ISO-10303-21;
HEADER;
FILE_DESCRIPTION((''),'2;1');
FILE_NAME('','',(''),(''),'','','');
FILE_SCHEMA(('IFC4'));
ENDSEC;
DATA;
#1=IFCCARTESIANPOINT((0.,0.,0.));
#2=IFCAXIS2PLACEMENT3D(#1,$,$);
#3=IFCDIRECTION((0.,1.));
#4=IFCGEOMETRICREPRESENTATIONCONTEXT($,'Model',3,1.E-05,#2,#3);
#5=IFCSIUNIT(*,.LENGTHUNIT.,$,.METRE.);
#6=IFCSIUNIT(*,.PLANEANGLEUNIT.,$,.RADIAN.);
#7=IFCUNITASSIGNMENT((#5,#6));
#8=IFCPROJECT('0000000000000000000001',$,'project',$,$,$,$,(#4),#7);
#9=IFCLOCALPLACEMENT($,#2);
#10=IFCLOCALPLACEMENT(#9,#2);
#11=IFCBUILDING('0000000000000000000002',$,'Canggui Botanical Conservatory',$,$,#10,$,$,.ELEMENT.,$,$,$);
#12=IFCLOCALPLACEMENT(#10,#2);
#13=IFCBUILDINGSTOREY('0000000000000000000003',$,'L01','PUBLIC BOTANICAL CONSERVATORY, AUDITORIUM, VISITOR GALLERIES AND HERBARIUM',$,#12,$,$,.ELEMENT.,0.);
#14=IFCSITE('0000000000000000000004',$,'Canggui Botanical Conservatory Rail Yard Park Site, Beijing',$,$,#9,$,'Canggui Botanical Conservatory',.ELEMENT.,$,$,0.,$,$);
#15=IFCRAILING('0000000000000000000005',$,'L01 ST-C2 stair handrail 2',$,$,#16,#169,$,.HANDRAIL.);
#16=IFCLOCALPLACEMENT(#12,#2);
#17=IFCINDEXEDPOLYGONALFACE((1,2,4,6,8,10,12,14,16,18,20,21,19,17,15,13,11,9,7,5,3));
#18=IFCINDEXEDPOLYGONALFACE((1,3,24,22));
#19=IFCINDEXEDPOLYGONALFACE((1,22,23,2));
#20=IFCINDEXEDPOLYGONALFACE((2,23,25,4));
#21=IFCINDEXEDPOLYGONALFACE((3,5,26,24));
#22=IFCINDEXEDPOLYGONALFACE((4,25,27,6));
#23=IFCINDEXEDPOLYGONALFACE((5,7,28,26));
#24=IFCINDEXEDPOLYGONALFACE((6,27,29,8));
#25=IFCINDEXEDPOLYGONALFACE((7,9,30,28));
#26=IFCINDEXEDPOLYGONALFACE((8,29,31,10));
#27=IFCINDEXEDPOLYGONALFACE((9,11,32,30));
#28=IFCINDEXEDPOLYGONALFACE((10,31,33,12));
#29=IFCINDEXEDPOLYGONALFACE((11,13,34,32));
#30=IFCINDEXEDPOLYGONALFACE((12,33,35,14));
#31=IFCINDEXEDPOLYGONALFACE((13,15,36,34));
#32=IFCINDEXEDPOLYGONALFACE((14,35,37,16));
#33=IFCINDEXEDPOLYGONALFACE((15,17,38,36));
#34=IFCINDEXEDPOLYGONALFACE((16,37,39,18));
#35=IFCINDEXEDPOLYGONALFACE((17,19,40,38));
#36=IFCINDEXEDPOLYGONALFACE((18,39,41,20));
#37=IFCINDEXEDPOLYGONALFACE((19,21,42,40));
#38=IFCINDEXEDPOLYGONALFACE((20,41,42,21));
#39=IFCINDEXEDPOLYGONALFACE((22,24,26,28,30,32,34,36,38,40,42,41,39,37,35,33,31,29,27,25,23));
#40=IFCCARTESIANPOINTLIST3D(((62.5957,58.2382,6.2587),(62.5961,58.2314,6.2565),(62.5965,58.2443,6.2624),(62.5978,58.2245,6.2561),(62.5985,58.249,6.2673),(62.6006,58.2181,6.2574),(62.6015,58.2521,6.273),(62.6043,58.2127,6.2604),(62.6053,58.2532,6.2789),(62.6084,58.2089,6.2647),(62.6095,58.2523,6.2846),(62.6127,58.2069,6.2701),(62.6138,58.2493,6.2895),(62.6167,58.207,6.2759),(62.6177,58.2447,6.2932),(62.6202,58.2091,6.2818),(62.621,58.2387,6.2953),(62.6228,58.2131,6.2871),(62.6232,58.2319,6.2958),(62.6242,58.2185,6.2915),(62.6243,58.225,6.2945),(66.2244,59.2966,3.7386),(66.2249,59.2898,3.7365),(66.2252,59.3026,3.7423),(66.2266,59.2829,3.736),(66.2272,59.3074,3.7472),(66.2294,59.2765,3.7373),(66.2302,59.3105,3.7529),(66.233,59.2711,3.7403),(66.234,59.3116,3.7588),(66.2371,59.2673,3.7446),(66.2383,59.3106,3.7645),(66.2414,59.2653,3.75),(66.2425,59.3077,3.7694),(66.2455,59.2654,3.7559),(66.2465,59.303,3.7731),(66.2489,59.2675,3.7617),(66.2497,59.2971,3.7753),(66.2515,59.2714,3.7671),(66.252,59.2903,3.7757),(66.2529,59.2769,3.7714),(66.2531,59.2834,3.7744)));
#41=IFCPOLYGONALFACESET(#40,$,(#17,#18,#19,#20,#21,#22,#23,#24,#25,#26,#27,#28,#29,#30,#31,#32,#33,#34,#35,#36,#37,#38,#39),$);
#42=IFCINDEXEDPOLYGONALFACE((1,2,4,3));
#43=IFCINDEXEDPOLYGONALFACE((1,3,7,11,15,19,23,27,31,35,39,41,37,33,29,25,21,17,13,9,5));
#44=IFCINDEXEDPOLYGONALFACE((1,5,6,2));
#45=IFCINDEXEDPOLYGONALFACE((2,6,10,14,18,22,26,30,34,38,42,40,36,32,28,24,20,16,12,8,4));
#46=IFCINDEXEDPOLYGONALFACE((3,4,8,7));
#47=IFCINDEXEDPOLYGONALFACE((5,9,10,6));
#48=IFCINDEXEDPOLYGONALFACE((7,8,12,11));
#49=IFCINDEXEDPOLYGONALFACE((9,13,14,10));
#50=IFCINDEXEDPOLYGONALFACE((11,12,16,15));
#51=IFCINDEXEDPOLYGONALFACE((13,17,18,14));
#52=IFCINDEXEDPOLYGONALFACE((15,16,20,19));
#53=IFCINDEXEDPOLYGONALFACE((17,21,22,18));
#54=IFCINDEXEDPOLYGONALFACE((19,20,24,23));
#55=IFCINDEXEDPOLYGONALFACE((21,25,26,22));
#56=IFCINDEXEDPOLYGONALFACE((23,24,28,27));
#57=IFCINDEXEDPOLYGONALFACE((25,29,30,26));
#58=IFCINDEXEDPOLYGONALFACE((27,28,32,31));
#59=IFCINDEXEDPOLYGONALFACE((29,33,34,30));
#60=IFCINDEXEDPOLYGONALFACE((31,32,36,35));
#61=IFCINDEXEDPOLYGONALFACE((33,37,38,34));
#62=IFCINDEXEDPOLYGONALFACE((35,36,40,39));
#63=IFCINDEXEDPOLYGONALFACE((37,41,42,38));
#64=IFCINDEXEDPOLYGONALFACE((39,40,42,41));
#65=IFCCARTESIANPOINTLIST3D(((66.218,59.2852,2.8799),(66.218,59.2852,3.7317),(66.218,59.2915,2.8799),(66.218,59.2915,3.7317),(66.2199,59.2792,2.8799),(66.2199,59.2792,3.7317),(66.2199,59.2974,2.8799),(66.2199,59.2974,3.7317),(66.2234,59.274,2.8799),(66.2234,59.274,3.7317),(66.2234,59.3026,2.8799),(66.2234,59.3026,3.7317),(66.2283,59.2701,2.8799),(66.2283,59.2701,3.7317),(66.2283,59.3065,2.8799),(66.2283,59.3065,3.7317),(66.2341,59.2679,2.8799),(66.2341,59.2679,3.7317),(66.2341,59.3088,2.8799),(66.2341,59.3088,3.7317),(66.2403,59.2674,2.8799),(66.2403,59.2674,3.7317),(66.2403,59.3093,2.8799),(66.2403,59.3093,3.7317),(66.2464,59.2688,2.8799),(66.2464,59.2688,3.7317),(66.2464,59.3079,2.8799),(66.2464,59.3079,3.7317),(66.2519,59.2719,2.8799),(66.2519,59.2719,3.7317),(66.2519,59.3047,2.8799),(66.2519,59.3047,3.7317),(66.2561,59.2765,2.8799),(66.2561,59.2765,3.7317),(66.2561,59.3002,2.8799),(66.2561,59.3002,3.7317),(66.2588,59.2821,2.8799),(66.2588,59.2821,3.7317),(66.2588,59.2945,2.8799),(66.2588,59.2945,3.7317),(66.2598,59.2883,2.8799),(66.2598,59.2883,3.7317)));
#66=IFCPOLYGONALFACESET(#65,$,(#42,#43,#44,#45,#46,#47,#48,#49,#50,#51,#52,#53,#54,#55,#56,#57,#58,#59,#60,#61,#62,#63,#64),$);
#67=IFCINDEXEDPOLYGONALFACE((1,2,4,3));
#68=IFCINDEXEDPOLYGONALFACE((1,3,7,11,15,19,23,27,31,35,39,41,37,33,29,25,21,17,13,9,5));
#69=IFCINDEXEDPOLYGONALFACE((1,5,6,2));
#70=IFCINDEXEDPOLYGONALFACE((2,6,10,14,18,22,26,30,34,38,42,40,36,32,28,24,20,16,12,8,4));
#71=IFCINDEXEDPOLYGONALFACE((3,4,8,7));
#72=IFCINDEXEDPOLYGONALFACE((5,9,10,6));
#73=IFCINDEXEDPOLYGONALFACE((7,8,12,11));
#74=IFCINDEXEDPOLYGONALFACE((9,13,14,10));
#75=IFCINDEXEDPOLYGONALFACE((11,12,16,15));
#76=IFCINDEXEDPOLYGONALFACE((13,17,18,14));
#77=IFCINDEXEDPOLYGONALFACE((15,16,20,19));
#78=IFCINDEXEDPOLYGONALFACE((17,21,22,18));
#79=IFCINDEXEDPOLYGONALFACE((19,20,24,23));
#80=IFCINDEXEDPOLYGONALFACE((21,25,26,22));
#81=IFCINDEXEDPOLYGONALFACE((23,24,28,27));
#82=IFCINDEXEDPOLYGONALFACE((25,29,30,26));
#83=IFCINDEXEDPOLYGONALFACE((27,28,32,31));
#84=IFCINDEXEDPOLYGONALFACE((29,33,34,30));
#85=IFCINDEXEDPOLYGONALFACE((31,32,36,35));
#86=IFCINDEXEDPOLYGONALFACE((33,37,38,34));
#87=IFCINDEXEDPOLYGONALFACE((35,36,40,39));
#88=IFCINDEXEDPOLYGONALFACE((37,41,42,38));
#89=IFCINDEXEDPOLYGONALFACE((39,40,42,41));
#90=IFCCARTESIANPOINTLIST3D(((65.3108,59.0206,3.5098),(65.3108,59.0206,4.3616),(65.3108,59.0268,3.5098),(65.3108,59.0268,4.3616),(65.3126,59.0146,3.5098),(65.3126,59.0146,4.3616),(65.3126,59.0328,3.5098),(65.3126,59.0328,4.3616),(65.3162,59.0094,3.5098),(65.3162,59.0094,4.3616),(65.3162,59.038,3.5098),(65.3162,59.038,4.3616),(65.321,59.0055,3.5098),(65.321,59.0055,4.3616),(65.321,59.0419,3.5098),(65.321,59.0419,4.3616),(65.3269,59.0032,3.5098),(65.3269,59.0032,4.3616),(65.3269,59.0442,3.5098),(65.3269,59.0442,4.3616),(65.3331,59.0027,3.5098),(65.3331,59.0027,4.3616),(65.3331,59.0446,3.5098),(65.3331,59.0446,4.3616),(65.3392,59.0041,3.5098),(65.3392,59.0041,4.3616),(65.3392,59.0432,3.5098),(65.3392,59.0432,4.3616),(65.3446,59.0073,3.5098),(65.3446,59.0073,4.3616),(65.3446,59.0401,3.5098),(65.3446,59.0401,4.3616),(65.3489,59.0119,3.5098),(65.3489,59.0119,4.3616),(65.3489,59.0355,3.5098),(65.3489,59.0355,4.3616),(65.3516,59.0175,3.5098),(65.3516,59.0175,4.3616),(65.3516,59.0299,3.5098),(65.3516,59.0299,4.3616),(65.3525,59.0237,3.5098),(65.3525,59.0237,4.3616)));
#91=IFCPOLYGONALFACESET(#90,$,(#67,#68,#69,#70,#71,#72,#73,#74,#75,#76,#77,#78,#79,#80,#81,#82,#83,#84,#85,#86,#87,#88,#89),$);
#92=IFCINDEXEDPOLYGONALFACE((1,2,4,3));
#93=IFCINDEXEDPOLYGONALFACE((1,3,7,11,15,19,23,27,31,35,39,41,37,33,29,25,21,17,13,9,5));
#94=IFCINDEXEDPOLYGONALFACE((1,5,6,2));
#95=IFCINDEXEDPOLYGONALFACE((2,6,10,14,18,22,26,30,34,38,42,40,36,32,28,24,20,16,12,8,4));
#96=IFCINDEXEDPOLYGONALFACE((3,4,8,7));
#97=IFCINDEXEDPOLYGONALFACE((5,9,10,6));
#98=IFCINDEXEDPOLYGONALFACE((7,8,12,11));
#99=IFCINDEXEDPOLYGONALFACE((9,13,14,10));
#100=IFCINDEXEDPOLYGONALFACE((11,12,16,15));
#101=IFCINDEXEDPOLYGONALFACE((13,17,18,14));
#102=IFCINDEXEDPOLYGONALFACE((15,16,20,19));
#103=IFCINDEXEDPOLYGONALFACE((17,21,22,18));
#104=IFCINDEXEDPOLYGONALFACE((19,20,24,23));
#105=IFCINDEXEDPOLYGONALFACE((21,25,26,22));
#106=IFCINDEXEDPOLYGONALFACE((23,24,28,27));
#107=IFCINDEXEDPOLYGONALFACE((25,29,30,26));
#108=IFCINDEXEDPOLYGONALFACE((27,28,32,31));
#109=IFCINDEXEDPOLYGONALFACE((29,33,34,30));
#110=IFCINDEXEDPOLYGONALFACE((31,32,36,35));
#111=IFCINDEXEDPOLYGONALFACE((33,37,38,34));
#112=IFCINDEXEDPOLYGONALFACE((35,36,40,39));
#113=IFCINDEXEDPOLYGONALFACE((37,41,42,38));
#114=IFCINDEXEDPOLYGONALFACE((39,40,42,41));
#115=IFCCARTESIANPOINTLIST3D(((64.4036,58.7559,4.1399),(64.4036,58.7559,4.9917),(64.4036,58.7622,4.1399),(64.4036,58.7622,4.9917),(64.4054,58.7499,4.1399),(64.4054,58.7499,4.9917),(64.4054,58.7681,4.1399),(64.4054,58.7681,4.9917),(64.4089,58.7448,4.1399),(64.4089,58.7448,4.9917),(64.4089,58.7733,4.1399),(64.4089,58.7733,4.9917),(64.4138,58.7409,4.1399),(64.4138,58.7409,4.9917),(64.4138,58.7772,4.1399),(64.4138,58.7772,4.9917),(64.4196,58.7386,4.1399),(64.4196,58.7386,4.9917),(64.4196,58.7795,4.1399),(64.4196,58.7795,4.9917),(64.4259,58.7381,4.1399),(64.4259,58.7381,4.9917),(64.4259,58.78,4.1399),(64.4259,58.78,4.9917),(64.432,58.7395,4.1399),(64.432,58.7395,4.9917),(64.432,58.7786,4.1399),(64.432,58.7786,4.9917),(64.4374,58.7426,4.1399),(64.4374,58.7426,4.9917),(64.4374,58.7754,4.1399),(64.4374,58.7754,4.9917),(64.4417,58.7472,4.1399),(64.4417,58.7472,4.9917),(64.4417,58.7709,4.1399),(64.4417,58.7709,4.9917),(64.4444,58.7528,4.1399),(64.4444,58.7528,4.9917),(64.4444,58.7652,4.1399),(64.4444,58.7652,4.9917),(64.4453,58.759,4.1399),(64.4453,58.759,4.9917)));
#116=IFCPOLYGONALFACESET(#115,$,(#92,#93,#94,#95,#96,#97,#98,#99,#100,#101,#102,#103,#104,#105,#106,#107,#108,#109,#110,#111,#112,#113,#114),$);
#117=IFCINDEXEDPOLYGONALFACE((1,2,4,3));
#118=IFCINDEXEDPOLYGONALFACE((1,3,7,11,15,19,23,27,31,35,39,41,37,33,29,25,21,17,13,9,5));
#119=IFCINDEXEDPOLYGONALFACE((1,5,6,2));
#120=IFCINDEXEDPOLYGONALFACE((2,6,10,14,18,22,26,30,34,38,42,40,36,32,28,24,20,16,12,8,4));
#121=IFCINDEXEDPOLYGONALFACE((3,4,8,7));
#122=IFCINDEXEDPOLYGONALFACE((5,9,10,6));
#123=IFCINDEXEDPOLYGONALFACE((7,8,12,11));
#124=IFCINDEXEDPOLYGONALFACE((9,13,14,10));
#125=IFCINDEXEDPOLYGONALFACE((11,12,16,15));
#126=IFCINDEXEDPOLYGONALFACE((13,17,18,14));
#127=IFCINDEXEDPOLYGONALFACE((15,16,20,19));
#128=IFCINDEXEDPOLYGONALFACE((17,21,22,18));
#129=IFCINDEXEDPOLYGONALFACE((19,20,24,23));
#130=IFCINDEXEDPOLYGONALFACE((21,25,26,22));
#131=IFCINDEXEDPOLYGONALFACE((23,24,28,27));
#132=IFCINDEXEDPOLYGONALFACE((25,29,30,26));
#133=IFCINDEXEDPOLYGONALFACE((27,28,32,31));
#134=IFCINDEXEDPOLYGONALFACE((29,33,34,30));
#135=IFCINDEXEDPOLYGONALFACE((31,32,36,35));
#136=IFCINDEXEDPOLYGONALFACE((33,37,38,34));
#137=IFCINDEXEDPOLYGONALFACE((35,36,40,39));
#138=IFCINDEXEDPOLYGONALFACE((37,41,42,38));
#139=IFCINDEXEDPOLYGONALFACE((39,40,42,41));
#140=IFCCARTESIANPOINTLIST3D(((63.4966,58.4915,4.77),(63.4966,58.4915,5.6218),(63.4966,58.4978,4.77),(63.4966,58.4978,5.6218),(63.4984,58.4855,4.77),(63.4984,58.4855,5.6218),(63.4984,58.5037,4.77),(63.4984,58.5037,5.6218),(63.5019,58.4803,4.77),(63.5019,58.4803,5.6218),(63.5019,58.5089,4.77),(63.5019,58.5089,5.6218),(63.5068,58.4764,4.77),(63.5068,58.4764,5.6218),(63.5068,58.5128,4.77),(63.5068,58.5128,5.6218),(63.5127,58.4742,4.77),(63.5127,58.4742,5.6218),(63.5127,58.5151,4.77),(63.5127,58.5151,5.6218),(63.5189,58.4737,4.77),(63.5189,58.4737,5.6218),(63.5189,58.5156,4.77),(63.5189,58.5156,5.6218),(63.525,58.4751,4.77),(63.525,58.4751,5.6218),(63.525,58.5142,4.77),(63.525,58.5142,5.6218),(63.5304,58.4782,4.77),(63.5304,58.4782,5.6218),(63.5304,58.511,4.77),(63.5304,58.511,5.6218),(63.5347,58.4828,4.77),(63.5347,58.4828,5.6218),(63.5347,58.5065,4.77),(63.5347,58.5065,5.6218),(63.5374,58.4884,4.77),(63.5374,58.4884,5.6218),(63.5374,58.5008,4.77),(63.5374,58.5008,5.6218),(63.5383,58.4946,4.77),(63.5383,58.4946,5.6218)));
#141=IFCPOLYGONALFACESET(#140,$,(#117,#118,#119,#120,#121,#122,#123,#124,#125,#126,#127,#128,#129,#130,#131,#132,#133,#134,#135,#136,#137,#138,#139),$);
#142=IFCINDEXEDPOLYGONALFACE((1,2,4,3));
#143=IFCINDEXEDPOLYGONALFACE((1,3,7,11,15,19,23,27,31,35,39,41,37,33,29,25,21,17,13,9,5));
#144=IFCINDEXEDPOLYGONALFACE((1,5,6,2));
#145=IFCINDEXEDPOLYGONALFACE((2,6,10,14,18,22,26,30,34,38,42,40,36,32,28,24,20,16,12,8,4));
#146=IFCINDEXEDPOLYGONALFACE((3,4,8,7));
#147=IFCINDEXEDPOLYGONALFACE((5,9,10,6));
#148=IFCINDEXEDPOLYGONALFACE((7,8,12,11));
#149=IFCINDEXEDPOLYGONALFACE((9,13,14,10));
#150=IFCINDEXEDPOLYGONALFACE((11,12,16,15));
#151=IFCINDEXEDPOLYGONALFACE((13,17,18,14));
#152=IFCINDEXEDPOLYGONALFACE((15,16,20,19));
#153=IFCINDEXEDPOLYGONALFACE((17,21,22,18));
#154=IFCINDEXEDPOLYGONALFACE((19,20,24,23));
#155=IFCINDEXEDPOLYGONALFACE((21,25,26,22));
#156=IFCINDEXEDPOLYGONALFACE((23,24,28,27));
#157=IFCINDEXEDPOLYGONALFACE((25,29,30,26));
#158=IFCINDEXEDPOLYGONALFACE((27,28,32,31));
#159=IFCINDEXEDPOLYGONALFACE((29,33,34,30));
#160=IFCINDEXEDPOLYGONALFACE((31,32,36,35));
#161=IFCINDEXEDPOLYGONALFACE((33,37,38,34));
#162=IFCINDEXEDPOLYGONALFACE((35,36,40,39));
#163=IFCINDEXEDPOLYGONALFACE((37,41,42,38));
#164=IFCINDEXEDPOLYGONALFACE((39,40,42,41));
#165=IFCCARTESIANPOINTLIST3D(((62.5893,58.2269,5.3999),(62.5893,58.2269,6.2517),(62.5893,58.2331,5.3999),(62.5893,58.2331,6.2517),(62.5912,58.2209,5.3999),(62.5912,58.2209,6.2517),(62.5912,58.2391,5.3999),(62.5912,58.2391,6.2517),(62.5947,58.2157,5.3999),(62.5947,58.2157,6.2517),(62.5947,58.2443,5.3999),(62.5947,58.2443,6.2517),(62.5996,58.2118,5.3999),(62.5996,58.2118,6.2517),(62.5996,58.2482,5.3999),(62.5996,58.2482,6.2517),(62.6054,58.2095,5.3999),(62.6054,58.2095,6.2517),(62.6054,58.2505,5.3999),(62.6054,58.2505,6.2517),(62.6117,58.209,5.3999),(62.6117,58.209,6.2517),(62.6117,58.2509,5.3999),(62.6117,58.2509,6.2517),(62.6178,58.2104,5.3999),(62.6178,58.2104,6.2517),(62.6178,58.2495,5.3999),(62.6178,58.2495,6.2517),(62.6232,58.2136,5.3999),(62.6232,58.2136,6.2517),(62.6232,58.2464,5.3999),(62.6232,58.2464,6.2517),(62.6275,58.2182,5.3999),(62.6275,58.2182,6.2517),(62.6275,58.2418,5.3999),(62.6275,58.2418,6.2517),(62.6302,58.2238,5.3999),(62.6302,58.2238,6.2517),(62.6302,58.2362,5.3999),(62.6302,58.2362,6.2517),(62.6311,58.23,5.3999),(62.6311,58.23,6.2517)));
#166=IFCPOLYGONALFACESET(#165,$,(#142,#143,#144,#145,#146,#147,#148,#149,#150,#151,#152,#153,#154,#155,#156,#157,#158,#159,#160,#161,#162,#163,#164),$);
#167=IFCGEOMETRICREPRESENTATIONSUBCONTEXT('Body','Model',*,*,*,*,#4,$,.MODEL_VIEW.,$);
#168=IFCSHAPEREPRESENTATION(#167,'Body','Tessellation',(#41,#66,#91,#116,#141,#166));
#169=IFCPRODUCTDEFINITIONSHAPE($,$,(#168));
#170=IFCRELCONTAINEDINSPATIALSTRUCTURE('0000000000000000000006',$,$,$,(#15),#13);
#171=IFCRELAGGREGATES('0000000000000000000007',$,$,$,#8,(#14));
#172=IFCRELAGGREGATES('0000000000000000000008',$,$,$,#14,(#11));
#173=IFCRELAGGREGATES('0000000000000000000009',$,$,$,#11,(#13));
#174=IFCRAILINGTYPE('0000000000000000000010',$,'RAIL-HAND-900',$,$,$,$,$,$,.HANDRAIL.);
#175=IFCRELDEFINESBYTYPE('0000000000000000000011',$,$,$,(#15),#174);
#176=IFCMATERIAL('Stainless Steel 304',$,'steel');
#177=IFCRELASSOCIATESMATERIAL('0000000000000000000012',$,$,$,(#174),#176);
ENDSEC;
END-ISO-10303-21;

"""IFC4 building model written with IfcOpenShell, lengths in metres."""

from ifc_helpers import new_model, si_unit, direction, frame, origin, origin_2d, place, context, subcontext, project, spatial, circle, extrude, material, type_object, element, save


model = new_model("IFC4")

# Units and contexts
model_context = context("Model", 3, precision=1e-05, world=origin(), true_north=direction((0.0, 1.0)))
body_context = subcontext(model_context, "Body", "Model", "MODEL_VIEW")
ifc_project = project(units=[si_unit("LENGTHUNIT", "METRE"), si_unit("PLANEANGLEUNIT", "RADIAN")], contexts=[model_context])

# Site, building, storey
site_placement = place(None, origin())
site = spatial("IfcSite", under=ifc_project, at=site_placement, Name="Canggui Botanical Conservatory Rail Yard Park Site, Beijing", LongName="Canggui Botanical Conservatory", CompositionType="ELEMENT", RefElevation=0.0)
building_placement = place(site_placement, origin())
building = spatial("IfcBuilding", under=site, at=building_placement, Name="Canggui Botanical Conservatory", CompositionType="ELEMENT")
storey_placement = place(building_placement, origin())
storey = spatial("IfcBuildingStorey", under=building, at=storey_placement, Name="L01", Description="PUBLIC BOTANICAL CONSERVATORY, AUDITORIUM, VISITOR GALLERIES AND HERBARIUM", CompositionType="ELEMENT", Elevation=0.0)

# Railing
ifc_material_1 = material(Name="Stainless Steel 304", Category="steel")
railing_type_1 = type_object("IfcRailingType", Name="RAIL-HAND-900", PredefinedType="HANDRAIL", material=ifc_material_1)
railing_1_placement = place(storey_placement, frame((66.2388, 59.2883, 2.8799)))
element("IfcRailing", 1, at=railing_1_placement, inside=storey, type_object=railing_type_1, Name="L01 ST-C2 stair handrail 2", PredefinedType="HANDRAIL", context=body_context, shape_type="SweptSolid", body=[
    extrude(circle(Radius=0.0239, at=origin_2d()), frame((0.0, 0.0, 0.876), z_axis=(-0.798757, -0.232969, 0.554718), x_axis=(0.279998, -0.960001, 0.0)), (0.0, 0.0, 1.0), 4.543),
    extrude(circle(Radius=0.021, at=origin_2d()), origin(), (0.0, 0.0, 1.0), 0.8518),
    extrude(circle(Radius=0.021, at=origin_2d()), frame((-0.9072, -0.2646, 0.6299)), (0.0, 0.0, 1.0), 0.8518),
    extrude(circle(Radius=0.021, at=origin_2d()), frame((-1.8145, -0.5293, 1.26)), (0.0, 0.0, 1.0), 0.8518),
    extrude(circle(Radius=0.021, at=origin_2d()), frame((-2.7214, -0.7937, 1.8901)), (0.0, 0.0, 1.0), 0.8518),
    extrude(circle(Radius=0.021, at=origin_2d()), frame((-3.6287, -1.0583, 2.52)), (0.0, 0.0, 1.0), 0.8518),
])

save(model, "model.ifc")
